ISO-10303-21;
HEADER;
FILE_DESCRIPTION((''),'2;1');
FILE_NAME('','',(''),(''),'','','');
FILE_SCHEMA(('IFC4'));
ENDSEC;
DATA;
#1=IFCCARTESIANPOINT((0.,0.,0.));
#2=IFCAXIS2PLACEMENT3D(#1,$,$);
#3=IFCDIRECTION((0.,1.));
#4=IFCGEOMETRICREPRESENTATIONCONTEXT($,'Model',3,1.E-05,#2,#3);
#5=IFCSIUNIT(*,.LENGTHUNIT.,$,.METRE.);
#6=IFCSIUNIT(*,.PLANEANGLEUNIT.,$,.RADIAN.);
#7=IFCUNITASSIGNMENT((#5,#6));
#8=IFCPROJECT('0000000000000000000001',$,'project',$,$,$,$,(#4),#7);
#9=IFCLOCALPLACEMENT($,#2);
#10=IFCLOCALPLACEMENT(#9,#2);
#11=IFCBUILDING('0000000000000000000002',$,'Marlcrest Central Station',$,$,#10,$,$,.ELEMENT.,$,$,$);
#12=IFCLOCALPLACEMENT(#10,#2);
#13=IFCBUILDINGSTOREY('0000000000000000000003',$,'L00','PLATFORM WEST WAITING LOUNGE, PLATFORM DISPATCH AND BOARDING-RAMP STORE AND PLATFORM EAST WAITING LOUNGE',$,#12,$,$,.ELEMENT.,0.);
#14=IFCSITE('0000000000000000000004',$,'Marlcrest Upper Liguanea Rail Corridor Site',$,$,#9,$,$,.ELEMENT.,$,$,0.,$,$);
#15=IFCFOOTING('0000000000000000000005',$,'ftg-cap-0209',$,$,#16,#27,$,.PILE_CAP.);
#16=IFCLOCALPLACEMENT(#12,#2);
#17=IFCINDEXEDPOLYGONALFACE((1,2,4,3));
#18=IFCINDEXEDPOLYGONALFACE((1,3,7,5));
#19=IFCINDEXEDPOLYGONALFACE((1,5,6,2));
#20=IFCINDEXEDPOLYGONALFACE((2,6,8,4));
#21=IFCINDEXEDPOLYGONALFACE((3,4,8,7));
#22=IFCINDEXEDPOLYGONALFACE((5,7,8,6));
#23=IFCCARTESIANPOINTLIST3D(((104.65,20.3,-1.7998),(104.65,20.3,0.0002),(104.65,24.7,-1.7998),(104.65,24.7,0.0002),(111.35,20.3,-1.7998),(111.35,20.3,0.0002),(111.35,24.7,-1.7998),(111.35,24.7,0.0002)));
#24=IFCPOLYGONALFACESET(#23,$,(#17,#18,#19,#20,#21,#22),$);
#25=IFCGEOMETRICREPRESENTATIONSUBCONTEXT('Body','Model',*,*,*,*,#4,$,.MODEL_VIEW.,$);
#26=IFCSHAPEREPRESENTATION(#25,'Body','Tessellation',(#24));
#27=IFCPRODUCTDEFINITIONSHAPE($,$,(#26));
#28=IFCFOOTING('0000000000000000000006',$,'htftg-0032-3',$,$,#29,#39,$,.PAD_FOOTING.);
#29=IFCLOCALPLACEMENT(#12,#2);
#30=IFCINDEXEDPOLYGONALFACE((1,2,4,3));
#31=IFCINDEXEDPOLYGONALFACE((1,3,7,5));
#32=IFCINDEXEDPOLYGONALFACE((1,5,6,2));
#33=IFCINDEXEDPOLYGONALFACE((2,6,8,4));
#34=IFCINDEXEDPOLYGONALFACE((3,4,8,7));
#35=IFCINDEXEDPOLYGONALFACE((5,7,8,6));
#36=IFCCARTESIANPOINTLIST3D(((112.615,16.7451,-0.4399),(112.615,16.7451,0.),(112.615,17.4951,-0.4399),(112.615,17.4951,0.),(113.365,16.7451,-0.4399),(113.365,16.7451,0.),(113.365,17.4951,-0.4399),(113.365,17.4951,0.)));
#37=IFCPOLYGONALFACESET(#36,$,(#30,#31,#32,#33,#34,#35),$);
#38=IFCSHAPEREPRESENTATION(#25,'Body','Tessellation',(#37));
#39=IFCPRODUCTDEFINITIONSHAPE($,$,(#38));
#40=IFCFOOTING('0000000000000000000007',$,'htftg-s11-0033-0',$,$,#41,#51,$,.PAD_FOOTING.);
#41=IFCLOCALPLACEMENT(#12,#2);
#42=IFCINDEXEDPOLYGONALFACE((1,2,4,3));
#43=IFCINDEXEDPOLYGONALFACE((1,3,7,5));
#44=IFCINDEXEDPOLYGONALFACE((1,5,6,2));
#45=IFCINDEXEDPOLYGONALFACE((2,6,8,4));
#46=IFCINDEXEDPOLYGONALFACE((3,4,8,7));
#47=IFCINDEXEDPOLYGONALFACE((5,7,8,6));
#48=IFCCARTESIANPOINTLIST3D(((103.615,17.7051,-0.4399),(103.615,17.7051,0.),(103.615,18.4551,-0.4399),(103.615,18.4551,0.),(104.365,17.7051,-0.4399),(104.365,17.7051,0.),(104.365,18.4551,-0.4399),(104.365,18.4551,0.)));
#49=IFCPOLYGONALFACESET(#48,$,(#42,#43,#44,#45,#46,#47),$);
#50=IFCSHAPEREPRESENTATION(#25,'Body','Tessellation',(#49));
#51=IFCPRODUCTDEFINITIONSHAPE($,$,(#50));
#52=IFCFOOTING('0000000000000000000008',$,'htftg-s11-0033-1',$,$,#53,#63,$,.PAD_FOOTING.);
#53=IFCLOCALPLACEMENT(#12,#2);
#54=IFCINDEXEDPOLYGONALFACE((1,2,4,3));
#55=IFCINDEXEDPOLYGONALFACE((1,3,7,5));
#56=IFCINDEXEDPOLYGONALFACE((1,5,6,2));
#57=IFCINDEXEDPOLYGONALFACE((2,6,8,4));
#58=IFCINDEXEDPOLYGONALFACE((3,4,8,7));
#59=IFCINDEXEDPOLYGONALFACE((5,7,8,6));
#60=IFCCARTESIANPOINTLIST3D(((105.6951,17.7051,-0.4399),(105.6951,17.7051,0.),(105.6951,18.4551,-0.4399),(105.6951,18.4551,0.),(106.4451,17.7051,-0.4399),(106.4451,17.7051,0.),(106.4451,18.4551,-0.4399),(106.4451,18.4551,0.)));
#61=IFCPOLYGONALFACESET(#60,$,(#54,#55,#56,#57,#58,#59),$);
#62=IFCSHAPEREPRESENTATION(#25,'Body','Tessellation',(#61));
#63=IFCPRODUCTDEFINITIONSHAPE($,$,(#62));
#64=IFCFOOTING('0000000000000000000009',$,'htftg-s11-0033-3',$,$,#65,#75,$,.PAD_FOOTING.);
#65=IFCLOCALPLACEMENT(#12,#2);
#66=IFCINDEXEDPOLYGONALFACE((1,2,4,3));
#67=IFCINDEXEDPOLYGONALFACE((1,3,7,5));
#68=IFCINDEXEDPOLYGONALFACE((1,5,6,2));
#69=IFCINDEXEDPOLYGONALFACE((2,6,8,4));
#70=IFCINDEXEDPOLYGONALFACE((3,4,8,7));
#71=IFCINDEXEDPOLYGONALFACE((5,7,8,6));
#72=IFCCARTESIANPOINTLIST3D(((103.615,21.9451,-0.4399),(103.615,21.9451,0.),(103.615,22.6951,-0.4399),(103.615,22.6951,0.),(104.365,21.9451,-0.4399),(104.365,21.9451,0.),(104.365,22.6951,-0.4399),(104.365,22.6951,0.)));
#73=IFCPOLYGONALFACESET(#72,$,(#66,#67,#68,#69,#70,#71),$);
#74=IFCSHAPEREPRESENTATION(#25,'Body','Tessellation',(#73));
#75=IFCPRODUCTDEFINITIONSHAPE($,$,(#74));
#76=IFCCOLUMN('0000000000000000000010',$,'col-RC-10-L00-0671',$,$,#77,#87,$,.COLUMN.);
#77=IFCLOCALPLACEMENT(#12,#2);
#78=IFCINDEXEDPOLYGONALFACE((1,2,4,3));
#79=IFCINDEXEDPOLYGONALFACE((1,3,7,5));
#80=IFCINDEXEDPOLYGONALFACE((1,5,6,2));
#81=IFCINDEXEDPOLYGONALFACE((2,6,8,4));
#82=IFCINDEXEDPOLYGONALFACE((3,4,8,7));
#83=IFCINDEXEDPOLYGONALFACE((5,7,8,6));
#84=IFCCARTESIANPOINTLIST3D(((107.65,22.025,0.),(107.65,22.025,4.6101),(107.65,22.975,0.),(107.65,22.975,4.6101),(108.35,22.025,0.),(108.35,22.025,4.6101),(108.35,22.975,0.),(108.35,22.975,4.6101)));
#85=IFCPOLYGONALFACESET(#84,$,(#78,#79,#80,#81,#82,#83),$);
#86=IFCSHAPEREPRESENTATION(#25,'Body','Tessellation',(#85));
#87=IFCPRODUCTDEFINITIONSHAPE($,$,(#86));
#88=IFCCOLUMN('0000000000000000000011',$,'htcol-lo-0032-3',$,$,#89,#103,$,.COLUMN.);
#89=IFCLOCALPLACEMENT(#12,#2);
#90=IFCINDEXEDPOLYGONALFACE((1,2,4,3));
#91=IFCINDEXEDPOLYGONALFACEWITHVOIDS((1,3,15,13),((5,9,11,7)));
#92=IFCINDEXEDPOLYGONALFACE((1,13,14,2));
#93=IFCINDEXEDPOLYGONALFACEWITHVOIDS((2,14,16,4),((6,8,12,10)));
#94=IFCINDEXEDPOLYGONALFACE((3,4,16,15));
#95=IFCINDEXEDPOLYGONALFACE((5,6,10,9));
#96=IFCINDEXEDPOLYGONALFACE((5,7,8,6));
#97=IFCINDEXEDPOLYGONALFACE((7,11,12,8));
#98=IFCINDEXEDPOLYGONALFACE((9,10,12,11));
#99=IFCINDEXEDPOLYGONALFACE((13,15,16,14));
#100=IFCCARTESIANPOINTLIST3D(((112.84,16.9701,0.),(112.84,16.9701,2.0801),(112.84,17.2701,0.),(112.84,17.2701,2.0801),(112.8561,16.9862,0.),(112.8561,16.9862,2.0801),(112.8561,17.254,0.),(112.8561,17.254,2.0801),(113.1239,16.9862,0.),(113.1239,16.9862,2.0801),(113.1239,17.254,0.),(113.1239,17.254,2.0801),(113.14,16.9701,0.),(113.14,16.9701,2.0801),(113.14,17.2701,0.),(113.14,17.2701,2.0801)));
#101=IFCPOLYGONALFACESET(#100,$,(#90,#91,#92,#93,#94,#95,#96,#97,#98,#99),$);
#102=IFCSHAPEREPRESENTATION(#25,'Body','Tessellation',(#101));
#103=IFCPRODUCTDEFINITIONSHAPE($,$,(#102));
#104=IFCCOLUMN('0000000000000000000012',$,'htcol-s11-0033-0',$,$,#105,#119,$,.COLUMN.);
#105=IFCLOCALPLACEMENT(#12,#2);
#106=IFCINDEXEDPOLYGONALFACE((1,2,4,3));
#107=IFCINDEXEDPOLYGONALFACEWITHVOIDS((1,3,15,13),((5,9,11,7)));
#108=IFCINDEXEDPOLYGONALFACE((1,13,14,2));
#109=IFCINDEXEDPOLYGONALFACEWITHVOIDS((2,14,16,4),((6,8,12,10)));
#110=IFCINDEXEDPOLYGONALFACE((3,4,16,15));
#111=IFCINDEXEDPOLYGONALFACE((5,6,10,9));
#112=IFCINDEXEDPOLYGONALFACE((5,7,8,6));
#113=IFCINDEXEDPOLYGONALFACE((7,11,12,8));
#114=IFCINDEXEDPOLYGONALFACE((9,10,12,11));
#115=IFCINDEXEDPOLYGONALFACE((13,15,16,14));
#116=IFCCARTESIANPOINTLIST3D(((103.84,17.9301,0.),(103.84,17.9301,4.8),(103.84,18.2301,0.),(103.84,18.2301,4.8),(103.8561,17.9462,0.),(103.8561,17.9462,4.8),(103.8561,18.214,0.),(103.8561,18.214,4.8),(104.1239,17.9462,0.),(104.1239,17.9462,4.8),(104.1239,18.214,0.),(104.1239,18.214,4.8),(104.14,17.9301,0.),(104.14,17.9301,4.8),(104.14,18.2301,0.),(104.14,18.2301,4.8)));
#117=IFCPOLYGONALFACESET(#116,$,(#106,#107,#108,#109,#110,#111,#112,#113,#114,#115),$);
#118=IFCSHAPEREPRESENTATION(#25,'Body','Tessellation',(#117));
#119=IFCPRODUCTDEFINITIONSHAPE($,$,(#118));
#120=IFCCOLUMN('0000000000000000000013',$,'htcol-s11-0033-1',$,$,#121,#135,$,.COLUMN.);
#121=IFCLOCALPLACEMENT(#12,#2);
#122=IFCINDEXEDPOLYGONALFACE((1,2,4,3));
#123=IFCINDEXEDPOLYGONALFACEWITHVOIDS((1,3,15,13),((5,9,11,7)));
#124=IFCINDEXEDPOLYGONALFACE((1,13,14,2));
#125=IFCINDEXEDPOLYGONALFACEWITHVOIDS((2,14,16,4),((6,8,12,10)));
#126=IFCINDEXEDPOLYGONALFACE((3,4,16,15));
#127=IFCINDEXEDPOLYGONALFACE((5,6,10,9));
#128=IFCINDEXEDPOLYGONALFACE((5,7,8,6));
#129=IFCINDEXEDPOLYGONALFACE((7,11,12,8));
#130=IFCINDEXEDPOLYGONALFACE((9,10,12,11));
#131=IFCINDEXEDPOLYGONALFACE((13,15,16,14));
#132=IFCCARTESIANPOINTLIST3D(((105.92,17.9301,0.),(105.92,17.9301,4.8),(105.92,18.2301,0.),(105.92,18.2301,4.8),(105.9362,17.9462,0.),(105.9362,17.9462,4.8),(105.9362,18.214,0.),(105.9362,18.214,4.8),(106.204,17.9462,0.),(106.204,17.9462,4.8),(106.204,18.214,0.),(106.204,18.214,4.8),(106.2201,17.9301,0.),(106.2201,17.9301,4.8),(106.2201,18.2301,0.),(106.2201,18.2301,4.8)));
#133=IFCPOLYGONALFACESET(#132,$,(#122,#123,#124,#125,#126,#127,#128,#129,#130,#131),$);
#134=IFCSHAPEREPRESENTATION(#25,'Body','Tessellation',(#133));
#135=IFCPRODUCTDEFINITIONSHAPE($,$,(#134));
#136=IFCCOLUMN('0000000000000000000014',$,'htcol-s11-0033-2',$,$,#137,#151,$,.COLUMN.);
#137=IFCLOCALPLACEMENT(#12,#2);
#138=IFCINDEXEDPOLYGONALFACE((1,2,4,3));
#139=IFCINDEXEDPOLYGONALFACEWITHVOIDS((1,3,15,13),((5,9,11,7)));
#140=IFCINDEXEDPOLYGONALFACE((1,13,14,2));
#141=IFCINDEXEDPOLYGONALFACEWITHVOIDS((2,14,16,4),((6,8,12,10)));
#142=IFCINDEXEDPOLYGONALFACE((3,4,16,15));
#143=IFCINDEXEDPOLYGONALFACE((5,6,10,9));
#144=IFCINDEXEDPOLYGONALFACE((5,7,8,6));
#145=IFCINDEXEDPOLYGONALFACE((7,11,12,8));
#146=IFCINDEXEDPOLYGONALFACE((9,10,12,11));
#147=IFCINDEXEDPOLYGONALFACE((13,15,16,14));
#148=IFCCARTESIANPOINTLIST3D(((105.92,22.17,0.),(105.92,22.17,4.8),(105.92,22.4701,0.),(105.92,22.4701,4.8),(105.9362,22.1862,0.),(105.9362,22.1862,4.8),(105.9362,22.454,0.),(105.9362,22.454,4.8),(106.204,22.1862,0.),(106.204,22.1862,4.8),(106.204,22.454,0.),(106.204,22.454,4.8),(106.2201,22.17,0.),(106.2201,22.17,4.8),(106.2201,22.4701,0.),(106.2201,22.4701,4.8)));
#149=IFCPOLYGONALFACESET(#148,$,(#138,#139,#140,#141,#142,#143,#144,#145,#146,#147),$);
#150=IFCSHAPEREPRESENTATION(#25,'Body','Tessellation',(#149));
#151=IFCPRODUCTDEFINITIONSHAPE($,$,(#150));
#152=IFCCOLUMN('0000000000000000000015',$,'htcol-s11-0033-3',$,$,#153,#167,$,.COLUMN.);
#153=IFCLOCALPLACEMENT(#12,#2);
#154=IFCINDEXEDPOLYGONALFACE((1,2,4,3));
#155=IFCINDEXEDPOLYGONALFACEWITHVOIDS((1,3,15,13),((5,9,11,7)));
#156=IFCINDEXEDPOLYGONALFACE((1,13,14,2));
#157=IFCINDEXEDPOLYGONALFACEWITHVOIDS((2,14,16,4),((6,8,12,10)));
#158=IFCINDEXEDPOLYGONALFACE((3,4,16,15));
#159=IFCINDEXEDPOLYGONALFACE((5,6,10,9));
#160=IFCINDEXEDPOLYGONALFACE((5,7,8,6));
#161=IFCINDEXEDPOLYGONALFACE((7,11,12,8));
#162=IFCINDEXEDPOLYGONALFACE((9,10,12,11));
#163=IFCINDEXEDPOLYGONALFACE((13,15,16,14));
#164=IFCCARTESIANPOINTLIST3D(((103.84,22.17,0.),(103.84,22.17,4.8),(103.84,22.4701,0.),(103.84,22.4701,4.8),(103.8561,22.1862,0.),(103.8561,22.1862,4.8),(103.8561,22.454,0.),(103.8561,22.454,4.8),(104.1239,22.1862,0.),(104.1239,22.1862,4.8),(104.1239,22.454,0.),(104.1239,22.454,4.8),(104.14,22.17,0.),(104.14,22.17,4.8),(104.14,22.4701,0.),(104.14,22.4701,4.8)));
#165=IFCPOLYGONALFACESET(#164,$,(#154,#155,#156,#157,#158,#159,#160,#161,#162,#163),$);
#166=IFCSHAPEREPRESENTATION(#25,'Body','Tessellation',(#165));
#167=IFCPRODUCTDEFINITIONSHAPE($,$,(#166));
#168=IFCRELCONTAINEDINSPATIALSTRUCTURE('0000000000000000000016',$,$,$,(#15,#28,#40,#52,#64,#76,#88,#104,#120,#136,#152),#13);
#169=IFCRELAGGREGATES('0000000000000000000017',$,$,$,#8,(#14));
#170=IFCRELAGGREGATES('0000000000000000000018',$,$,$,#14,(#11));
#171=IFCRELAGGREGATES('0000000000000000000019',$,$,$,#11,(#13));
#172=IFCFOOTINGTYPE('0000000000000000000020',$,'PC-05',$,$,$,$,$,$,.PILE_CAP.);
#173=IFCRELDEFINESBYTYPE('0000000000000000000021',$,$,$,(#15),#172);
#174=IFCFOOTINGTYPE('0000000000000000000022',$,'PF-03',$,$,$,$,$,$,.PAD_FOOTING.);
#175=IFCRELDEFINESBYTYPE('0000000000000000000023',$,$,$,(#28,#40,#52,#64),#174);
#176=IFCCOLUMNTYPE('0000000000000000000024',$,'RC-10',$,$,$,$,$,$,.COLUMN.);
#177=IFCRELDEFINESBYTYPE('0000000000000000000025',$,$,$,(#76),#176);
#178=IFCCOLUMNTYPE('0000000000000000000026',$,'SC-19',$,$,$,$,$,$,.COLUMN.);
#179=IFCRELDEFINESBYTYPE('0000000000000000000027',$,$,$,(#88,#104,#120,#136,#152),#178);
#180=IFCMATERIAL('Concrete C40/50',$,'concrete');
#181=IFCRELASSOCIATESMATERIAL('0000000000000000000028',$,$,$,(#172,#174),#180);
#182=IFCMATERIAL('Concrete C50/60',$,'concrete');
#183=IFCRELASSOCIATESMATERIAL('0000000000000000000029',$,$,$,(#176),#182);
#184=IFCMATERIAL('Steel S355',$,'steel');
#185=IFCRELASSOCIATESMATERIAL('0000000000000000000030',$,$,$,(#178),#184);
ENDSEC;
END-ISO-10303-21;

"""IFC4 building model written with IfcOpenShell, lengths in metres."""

from ifc_helpers import new_model, si_unit, direction, frame, origin, origin_2d, place, context, subcontext, project, spatial, rectangle, hollow_rectangle, extrude, material, material_profile, profile_set, type_object, element, save


model = new_model("IFC4")

# Units and contexts
model_context = context("Model", 3, precision=1e-05, world=origin(), true_north=direction((0.0, 1.0)))
body_context = subcontext(model_context, "Body", "Model", "MODEL_VIEW")
ifc_project = project(units=[si_unit("LENGTHUNIT", "METRE"), si_unit("PLANEANGLEUNIT", "RADIAN")], contexts=[model_context])

# Site, building, storey
site_placement = place(None, origin())
site = spatial("IfcSite", under=ifc_project, at=site_placement, Name="Marlcrest Upper Liguanea Rail Corridor Site", CompositionType="ELEMENT", RefElevation=0.0)
building_placement = place(site_placement, origin())
building = spatial("IfcBuilding", under=site, at=building_placement, Name="Marlcrest Central Station", CompositionType="ELEMENT")
storey_placement = place(building_placement, origin())
storey = spatial("IfcBuildingStorey", under=building, at=storey_placement, Name="L00", Description="PLATFORM WEST WAITING LOUNGE, PLATFORM DISPATCH AND BOARDING-RAMP STORE AND PLATFORM EAST WAITING LOUNGE", CompositionType="ELEMENT", Elevation=0.0)

# Footings
ifc_material_1 = material(Name="Concrete C40/50", Category="concrete")
footing_type_1 = type_object("IfcFootingType", Name="PC-05", PredefinedType="PILE_CAP", material=ifc_material_1)
footing_placement = place(storey_placement, frame((108.0, 22.5, -1.7998), z_axis=(0.0, 0.0, 1.0), x_axis=(1.0, 0.0, 0.0)))
element("IfcFooting", 1, at=footing_placement, inside=storey, type_object=footing_type_1, Name="ftg-cap-0209", PredefinedType="PILE_CAP", context=body_context, shape_type="SweptSolid", body=[
    extrude(rectangle(XDim=6.7, YDim=4.3999, at=origin_2d()), origin(), (0.0, 0.0, 1.0), 1.8),
])
footing_type_2 = type_object("IfcFootingType", Name="PF-03", PredefinedType="PAD_FOOTING", material=ifc_material_1)
for number, where, z_axis, x_axis, name in (
    (2, (112.99, 17.1201, -0.4399), (0.0, 0.0, 1.0), (1.0, 0.0, 0.0), "htftg-0032-3"),
    (3, (103.99, 18.0801, -0.4399), (0.0, 0.0, 1.0), (1.0, 0.0, 0.0), "htftg-s11-0033-0"),
    (4, (106.0701, 18.0801, -0.4399), (0.0, 0.0, 1.0), (1.0, 0.0, 0.0), "htftg-s11-0033-1"),
    (5, (103.99, 22.3201, -0.4399), (0.0, 0.0, 1.0), (1.0, 0.0, 0.0), "htftg-s11-0033-3"),
):
    element("IfcFooting", number, at=place(storey_placement, frame(where, z_axis=z_axis, x_axis=x_axis)), inside=storey, type_object=footing_type_2, Name=name, PredefinedType="PAD_FOOTING", context=body_context, shape_type="SweptSolid", body=[
        extrude(rectangle(XDim=0.75, YDim=0.75, at=origin_2d()), origin(), (0.0, 0.0, 1.0), 0.4399),
    ])

# Columns
ifc_material_2 = material(Name="Concrete C50/60", Category="concrete")
ifc_material_profile_1 = material_profile(ifc_material_2, rectangle(XDim=0.7, YDim=0.95, at=origin_2d()), Name="RC 700x950")
ifc_profile_set_1 = profile_set([ifc_material_profile_1], Name="Concrete C50/60")
column_type_1 = type_object("IfcColumnType", Name="RC-10", PredefinedType="COLUMN", material=ifc_profile_set_1)
column_1_placement = place(storey_placement, frame((108.0, 22.5, 0.0), z_axis=(0.0, 0.0, 1.0), x_axis=(1.0, 0.0, 0.0)))
element("IfcColumn", 6, at=column_1_placement, inside=storey, type_object=column_type_1, Name="col-RC-10-L00-0671", PredefinedType="COLUMN", context=body_context, shape_type="SweptSolid", body=[
    extrude(rectangle(XDim=0.7, YDim=0.95, at=origin_2d()), origin(), (0.0, 0.0, 1.0), 4.6101),
])
ifc_material_3 = material(Name="Steel S355", Category="steel")
ifc_material_profile_2 = material_profile(ifc_material_3, hollow_rectangle(XDim=0.3, YDim=0.3, WallThickness=0.0161, at=origin_2d()), Name="SHS 300x300x16")
ifc_profile_set_2 = profile_set([ifc_material_profile_2], Name="Steel S355")
column_type_2 = type_object("IfcColumnType", Name="SC-19", PredefinedType="COLUMN", material=ifc_profile_set_2)
column_2_placement = place(storey_placement, frame((112.99, 17.1201, 0.0), z_axis=(0.0, 0.0, 1.0), x_axis=(1.0, 0.0, 0.0)))
element("IfcColumn", 7, at=column_2_placement, inside=storey, type_object=column_type_2, Name="htcol-lo-0032-3", PredefinedType="COLUMN", context=body_context, shape_type="SweptSolid", body=[
    extrude(hollow_rectangle(XDim=0.3, YDim=0.3, WallThickness=0.0161, at=origin_2d()), origin(), (0.0, 0.0, 1.0), 2.0801),
])
for number, where, z_axis, x_axis, name in (
    (8, (103.99, 18.0801, 0.0), (0.0, 0.0, 1.0), (1.0, 0.0, 0.0), "htcol-s11-0033-0"),
    (9, (106.0701, 18.0801, 0.0), (0.0, 0.0, 1.0), (1.0, 0.0, 0.0), "htcol-s11-0033-1"),
    (10, (106.0701, 22.3201, 0.0), (0.0, 0.0, 1.0), (1.0, 0.0, 0.0), "htcol-s11-0033-2"),
    (11, (103.99, 22.3201, 0.0), (0.0, 0.0, 1.0), (1.0, 0.0, 0.0), "htcol-s11-0033-3"),
):
    element("IfcColumn", number, at=place(storey_placement, frame(where, z_axis=z_axis, x_axis=x_axis)), inside=storey, type_object=column_type_2, Name=name, PredefinedType="COLUMN", context=body_context, shape_type="SweptSolid", body=[
        extrude(hollow_rectangle(XDim=0.3, YDim=0.3, WallThickness=0.0161, at=origin_2d()), origin(), (0.0, 0.0, 1.0), 4.8),
    ])

save(model, "model.ifc")
